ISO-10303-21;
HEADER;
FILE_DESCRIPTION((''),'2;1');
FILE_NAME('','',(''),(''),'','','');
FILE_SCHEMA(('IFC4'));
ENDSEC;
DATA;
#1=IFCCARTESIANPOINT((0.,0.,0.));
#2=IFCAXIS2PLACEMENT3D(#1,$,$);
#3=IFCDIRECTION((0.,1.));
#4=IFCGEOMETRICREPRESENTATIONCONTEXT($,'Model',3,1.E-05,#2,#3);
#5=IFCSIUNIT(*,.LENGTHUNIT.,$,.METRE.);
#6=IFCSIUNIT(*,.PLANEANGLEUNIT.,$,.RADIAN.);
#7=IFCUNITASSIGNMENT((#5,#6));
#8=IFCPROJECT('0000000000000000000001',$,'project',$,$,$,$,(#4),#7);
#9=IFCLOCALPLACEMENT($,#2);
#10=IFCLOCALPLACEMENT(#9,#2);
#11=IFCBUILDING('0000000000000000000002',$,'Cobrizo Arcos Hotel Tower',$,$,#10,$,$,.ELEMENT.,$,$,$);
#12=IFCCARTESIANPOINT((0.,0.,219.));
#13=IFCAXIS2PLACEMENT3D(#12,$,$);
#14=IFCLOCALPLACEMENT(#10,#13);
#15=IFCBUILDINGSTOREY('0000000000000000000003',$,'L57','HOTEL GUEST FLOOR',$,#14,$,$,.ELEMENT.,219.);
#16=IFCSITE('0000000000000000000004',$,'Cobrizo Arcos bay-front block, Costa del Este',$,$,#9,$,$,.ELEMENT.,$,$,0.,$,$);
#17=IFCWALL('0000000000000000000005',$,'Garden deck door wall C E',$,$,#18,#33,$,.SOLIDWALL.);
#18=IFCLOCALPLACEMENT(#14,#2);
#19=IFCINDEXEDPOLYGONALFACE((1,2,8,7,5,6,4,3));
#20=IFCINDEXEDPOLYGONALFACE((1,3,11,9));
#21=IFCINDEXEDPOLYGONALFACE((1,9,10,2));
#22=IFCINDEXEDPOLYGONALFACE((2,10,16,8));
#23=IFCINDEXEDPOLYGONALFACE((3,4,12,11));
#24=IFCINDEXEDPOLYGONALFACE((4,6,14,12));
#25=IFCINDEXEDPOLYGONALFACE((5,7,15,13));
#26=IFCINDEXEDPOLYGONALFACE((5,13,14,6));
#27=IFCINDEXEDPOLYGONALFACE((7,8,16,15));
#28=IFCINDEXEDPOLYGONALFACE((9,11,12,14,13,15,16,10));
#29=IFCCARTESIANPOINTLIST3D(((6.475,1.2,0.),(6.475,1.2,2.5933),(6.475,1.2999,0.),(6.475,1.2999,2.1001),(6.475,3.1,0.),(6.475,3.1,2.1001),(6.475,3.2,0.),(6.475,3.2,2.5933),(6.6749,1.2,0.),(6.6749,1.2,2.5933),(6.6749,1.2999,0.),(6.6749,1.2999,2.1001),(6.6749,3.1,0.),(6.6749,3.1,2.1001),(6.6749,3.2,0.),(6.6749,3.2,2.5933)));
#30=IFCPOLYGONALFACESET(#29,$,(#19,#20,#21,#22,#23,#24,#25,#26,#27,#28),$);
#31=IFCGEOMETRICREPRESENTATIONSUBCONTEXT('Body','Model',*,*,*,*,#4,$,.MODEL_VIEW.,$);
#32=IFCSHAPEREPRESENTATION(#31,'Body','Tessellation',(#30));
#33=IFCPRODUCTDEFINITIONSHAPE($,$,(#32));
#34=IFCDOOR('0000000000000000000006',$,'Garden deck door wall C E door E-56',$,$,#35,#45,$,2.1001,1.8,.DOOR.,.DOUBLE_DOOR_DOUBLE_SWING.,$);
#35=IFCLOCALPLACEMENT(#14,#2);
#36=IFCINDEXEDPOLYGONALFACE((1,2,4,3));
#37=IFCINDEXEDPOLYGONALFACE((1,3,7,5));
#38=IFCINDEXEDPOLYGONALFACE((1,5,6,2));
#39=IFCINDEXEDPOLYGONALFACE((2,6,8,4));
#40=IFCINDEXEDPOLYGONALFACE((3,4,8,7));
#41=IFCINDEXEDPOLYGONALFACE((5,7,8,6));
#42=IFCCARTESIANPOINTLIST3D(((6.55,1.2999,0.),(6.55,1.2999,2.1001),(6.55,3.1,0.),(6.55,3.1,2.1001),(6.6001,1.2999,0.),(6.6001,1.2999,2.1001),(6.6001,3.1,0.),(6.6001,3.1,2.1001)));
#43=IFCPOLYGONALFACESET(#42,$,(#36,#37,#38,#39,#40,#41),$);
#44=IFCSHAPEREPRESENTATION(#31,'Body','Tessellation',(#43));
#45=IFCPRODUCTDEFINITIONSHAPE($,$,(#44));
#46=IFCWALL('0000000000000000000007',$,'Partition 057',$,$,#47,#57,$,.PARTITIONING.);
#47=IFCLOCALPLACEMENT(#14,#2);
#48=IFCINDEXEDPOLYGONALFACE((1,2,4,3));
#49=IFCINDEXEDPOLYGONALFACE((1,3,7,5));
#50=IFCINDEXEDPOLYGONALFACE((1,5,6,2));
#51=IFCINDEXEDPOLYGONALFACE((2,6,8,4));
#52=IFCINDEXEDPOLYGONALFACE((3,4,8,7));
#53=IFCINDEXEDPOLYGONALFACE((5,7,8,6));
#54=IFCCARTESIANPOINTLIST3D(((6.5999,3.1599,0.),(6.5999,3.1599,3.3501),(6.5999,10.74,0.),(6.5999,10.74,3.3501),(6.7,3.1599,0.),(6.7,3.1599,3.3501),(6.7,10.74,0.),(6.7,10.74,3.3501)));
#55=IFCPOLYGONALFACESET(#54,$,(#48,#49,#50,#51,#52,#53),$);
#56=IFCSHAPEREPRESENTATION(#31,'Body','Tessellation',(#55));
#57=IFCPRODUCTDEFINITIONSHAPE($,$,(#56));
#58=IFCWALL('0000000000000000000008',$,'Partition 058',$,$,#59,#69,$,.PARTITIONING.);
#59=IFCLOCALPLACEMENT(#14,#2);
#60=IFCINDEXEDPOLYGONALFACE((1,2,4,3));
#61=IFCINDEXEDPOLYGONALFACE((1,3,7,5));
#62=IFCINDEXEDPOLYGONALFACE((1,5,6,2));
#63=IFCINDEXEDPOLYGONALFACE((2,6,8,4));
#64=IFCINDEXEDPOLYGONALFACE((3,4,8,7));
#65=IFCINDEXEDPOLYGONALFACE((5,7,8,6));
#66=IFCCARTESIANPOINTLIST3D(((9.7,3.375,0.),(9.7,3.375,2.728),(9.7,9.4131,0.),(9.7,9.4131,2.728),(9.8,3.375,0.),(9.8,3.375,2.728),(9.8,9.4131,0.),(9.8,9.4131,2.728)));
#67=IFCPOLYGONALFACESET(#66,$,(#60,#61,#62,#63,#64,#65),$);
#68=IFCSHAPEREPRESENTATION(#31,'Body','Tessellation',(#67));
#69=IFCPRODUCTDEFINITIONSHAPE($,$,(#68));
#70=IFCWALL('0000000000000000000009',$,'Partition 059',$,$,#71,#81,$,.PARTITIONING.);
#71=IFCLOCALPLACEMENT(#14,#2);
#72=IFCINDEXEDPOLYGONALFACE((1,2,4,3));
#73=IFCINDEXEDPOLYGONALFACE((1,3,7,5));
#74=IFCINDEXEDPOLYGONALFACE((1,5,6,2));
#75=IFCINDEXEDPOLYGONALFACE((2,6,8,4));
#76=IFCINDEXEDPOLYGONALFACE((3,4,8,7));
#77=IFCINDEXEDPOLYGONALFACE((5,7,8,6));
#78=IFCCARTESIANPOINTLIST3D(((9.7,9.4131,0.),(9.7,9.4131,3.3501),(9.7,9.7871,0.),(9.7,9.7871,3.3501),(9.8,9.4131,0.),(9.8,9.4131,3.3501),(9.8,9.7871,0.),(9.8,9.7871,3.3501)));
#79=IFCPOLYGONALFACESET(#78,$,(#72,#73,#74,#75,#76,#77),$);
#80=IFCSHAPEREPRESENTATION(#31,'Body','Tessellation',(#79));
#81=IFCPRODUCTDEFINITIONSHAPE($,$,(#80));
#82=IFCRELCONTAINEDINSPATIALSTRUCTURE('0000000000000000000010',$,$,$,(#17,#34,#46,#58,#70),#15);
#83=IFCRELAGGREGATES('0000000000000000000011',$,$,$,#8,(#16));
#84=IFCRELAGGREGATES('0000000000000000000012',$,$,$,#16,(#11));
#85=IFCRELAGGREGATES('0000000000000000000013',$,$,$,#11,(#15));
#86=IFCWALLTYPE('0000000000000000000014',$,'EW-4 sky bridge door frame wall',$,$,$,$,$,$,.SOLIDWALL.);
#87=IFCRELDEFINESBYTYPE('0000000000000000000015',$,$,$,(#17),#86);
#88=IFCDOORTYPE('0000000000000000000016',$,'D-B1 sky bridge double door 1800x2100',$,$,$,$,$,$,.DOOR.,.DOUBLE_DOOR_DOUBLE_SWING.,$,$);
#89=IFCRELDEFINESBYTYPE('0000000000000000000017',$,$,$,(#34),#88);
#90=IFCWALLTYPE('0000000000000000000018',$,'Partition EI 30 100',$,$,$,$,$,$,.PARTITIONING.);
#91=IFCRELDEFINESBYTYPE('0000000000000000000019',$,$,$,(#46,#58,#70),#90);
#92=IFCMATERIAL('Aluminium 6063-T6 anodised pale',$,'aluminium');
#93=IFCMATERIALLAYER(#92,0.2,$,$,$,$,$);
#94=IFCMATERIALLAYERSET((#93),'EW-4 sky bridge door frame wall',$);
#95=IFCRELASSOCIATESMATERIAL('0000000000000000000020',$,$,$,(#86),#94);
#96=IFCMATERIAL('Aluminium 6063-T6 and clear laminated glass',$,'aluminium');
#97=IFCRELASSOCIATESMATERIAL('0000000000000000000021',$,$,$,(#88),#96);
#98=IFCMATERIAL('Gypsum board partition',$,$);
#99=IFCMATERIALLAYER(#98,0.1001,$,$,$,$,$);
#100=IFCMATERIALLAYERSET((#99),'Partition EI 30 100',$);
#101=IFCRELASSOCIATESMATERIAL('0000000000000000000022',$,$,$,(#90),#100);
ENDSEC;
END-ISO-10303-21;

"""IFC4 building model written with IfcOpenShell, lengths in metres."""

from ifc_helpers import new_model, si_unit, direction, frame, frame_2d, origin, place, context, subcontext, project, spatial, rectangle, extrude, material, layer, layer_set, type_object, element, fill, save


model = new_model("IFC4")

# Units and contexts
model_context = context("Model", 3, precision=1e-05, world=origin(), true_north=direction((0.0, 1.0)))
body_context = subcontext(model_context, "Body", "Model", "MODEL_VIEW")
ifc_project = project(units=[si_unit("LENGTHUNIT", "METRE"), si_unit("PLANEANGLEUNIT", "RADIAN")], contexts=[model_context])

# Site, building, storey
site_placement = place(None, origin())
site = spatial("IfcSite", under=ifc_project, at=site_placement, Name="Cobrizo Arcos bay-front block, Costa del Este", CompositionType="ELEMENT", RefElevation=0.0)
building_placement = place(site_placement, origin())
building = spatial("IfcBuilding", under=site, at=building_placement, Name="Cobrizo Arcos Hotel Tower", CompositionType="ELEMENT")
storey_placement = place(building_placement, frame((0.0, 0.0, 219.0)))
storey = spatial("IfcBuildingStorey", under=building, at=storey_placement, Name="L57", Description="HOTEL GUEST FLOOR", CompositionType="ELEMENT", Elevation=219.0)

# Shared definitions
ifc_material_1 = material(Name="Gypsum board partition")

# Wall, opening, door
ifc_material_2 = material(Name="Aluminium 6063-T6 anodised pale", Category="aluminium")
ifc_layer_1 = layer(ifc_material_2, 0.2)
ifc_layer_set_1 = layer_set([ifc_layer_1], Name="EW-4 sky bridge door frame wall")
wall_type_1 = type_object("IfcWallType", Name="EW-4 sky bridge door frame wall", PredefinedType="SOLIDWALL", material=ifc_layer_set_1)
wall_1_placement = place(storey_placement, frame((6.575, 1.2, 0.0), z_axis=(0.0, 0.0, 1.0), x_axis=(0.0, 1.0, 0.0)))
wall_1 = element("IfcWall", 1, at=wall_1_placement, inside=storey, type_object=wall_type_1, Name="Garden deck door wall C E", PredefinedType="SOLIDWALL", context=body_context, shape_type="SweptSolid", body=[
    extrude(rectangle(XDim=2.0, YDim=0.2, at=frame_2d((1.0, 0.0))), origin(), (0.0, 0.0, 1.0), 2.5933),
])
opening_1_placement = place(wall_1_placement, frame((0.1001, 0.0, 0.0)))
opening_1 = element("IfcOpeningElement", 2, at=opening_1_placement, cuts=wall_1, PredefinedType="OPENING", context=body_context, shape_type="SweptSolid", body=[
    extrude(rectangle(XDim=1.8, YDim=2.1001, at=frame_2d((0.8999, 1.05))), frame((0.0, 0.1121, 0.0), z_axis=(0.0, -1.0, 0.0), x_axis=(1.0, 0.0, 0.0)), (0.0, 0.0, 1.0), 0.2239),
])
ifc_material_3 = material(Name="Aluminium 6063-T6 and clear laminated glass", Category="aluminium")
door_type_1 = type_object("IfcDoorType", Name="D-B1 sky bridge double door 1800x2100", OperationType="DOUBLE_DOOR_DOUBLE_SWING", PredefinedType="DOOR", material=ifc_material_3)
door_1_placement = place(opening_1_placement, origin())
door_1 = element("IfcDoor", 3, at=door_1_placement, inside=storey, type_object=door_type_1, Name="Garden deck door wall C E door E-56", OperationType="DOUBLE_DOOR_DOUBLE_SWING", OverallHeight=2.1001, OverallWidth=1.8, PredefinedType="DOOR", context=body_context, shape_type="SweptSolid", body=[
    extrude(rectangle(XDim=1.8, YDim=2.1001, at=frame_2d((0.8999, 1.05))), frame((0.0, 0.0249, 0.0), z_axis=(0.0, -1.0, 0.0), x_axis=(1.0, 0.0, 0.0)), (0.0, 0.0, 1.0), 0.05),
])
fill(opening_1, door_1)

# Walls
ifc_layer_2 = layer(ifc_material_1, 0.1001)
ifc_layer_set_2 = layer_set([ifc_layer_2], Name="Partition EI 30 100")
wall_type_2 = type_object("IfcWallType", Name="Partition EI 30 100", PredefinedType="PARTITIONING", material=ifc_layer_set_2)
wall_2_placement = place(storey_placement, frame((6.6499, 3.1599, 0.0), z_axis=(0.0, 0.0, 1.0), x_axis=(0.0, 1.0, 0.0)))
element("IfcWall", 4, at=wall_2_placement, inside=storey, type_object=wall_type_2, Name="Partition 057", PredefinedType="PARTITIONING", context=body_context, shape_type="SweptSolid", body=[
    extrude(rectangle(XDim=7.5801, YDim=0.1001, at=frame_2d((3.79, 0.0))), origin(), (0.0, 0.0, 1.0), 3.3501),
])
wall_3_placement = place(storey_placement, frame((9.75, 3.375, 0.0), z_axis=(0.0, 0.0, 1.0), x_axis=(0.0, 1.0, 0.0)))
element("IfcWall", 5, at=wall_3_placement, inside=storey, type_object=wall_type_2, Name="Partition 058", PredefinedType="PARTITIONING", context=body_context, shape_type="SweptSolid", body=[
    extrude(rectangle(XDim=6.0381, YDim=0.1001, at=frame_2d((3.019, 0.0))), origin(), (0.0, 0.0, 1.0), 2.728),
])
wall_4_placement = place(storey_placement, frame((9.75, 9.4131, 0.0), z_axis=(0.0, 0.0, 1.0), x_axis=(0.0, 1.0, 0.0)))
element("IfcWall", 6, at=wall_4_placement, inside=storey, type_object=wall_type_2, Name="Partition 059", PredefinedType="PARTITIONING", context=body_context, shape_type="SweptSolid", body=[
    extrude(rectangle(XDim=0.374, YDim=0.1001, at=frame_2d((0.187, 0.0))), origin(), (0.0, 0.0, 1.0), 3.3501),
])

save(model, "model.ifc")
